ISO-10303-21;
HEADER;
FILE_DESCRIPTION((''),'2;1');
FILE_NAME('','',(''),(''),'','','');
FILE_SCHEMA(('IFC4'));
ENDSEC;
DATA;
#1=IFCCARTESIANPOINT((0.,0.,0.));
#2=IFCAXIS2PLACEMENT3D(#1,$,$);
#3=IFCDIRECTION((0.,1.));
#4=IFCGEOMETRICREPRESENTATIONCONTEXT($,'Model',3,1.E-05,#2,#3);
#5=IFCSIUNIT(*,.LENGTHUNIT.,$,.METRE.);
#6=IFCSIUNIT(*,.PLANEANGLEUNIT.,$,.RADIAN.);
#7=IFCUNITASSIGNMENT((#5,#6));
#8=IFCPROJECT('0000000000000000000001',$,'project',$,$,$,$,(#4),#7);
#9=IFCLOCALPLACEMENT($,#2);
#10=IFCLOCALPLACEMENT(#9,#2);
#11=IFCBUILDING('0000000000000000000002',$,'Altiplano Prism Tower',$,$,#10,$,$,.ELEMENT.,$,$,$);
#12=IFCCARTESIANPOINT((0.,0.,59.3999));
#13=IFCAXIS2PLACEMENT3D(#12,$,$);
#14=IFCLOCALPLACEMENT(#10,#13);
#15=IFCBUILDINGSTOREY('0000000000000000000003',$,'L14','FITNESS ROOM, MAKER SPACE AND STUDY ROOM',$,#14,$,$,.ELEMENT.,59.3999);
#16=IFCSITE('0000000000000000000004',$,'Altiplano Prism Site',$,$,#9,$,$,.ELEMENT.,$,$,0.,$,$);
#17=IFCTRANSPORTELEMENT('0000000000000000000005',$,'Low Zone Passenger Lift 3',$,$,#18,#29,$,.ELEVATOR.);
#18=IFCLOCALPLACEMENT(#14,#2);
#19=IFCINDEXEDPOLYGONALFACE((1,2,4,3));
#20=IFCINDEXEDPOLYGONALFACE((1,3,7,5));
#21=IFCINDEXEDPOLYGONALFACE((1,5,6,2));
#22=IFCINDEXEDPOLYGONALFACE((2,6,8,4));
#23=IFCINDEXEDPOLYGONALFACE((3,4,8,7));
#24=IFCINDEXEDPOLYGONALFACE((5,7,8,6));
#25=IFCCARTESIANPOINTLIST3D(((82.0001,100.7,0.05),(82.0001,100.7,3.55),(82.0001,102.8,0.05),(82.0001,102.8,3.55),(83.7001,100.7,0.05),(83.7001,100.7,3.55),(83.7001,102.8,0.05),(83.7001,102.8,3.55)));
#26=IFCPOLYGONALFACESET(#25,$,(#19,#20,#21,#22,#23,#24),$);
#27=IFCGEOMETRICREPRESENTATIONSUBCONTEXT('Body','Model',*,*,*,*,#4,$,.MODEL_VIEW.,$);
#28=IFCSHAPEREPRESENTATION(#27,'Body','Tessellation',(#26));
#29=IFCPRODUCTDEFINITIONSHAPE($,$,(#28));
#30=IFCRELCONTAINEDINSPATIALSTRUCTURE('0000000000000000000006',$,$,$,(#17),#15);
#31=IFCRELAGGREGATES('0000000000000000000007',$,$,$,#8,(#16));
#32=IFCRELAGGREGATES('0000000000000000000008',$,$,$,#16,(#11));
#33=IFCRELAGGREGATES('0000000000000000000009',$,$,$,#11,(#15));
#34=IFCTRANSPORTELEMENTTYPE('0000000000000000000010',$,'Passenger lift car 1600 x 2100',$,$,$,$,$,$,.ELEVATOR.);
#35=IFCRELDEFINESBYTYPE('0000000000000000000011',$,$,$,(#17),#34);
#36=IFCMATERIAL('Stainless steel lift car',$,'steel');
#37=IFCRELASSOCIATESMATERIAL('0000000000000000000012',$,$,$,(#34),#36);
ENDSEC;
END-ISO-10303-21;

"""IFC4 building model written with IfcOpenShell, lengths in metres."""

from ifc_helpers import new_model, si_unit, direction, frame, origin, origin_2d, place, context, subcontext, project, spatial, rectangle, extrude, material, type_object, element, save


model = new_model("IFC4")

# Units and contexts
model_context = context("Model", 3, precision=1e-05, world=origin(), true_north=direction((0.0, 1.0)))
body_context = subcontext(model_context, "Body", "Model", "MODEL_VIEW")
ifc_project = project(units=[si_unit("LENGTHUNIT", "METRE"), si_unit("PLANEANGLEUNIT", "RADIAN")], contexts=[model_context])

# Site, building, storey
site_placement = place(None, origin())
site = spatial("IfcSite", under=ifc_project, at=site_placement, Name="Altiplano Prism Site", CompositionType="ELEMENT", RefElevation=0.0)
building_placement = place(site_placement, origin())
building = spatial("IfcBuilding", under=site, at=building_placement, Name="Altiplano Prism Tower", CompositionType="ELEMENT")
storey_placement = place(building_placement, frame((0.0, 0.0, 59.3999)))
storey = spatial("IfcBuildingStorey", under=building, at=storey_placement, Name="L14", Description="FITNESS ROOM, MAKER SPACE AND STUDY ROOM", CompositionType="ELEMENT", Elevation=59.3999)

# Transport element
ifc_material_1 = material(Name="Stainless steel lift car", Category="steel")
transport_element_type = type_object("IfcTransportElementType", Name="Passenger lift car 1600 x 2100", PredefinedType="ELEVATOR", material=ifc_material_1)
for number, where, z_axis, x_axis, name in (
    (1, (82.8501, 101.75, 0.05), (0.0, 0.0, 1.0), (1.0, 0.0, 0.0), "Low Zone Passenger Lift 3"),
):
    element("IfcTransportElement", number, at=place(storey_placement, frame(where, z_axis=z_axis, x_axis=x_axis)), inside=storey, type_object=transport_element_type, Name=name, PredefinedType="ELEVATOR", context=body_context, shape_type="SweptSolid", body=[
        extrude(rectangle(XDim=1.7, YDim=2.1001, at=origin_2d()), origin(), (0.0, 0.0, 1.0), 3.5),
    ])

save(model, "model.ifc")
